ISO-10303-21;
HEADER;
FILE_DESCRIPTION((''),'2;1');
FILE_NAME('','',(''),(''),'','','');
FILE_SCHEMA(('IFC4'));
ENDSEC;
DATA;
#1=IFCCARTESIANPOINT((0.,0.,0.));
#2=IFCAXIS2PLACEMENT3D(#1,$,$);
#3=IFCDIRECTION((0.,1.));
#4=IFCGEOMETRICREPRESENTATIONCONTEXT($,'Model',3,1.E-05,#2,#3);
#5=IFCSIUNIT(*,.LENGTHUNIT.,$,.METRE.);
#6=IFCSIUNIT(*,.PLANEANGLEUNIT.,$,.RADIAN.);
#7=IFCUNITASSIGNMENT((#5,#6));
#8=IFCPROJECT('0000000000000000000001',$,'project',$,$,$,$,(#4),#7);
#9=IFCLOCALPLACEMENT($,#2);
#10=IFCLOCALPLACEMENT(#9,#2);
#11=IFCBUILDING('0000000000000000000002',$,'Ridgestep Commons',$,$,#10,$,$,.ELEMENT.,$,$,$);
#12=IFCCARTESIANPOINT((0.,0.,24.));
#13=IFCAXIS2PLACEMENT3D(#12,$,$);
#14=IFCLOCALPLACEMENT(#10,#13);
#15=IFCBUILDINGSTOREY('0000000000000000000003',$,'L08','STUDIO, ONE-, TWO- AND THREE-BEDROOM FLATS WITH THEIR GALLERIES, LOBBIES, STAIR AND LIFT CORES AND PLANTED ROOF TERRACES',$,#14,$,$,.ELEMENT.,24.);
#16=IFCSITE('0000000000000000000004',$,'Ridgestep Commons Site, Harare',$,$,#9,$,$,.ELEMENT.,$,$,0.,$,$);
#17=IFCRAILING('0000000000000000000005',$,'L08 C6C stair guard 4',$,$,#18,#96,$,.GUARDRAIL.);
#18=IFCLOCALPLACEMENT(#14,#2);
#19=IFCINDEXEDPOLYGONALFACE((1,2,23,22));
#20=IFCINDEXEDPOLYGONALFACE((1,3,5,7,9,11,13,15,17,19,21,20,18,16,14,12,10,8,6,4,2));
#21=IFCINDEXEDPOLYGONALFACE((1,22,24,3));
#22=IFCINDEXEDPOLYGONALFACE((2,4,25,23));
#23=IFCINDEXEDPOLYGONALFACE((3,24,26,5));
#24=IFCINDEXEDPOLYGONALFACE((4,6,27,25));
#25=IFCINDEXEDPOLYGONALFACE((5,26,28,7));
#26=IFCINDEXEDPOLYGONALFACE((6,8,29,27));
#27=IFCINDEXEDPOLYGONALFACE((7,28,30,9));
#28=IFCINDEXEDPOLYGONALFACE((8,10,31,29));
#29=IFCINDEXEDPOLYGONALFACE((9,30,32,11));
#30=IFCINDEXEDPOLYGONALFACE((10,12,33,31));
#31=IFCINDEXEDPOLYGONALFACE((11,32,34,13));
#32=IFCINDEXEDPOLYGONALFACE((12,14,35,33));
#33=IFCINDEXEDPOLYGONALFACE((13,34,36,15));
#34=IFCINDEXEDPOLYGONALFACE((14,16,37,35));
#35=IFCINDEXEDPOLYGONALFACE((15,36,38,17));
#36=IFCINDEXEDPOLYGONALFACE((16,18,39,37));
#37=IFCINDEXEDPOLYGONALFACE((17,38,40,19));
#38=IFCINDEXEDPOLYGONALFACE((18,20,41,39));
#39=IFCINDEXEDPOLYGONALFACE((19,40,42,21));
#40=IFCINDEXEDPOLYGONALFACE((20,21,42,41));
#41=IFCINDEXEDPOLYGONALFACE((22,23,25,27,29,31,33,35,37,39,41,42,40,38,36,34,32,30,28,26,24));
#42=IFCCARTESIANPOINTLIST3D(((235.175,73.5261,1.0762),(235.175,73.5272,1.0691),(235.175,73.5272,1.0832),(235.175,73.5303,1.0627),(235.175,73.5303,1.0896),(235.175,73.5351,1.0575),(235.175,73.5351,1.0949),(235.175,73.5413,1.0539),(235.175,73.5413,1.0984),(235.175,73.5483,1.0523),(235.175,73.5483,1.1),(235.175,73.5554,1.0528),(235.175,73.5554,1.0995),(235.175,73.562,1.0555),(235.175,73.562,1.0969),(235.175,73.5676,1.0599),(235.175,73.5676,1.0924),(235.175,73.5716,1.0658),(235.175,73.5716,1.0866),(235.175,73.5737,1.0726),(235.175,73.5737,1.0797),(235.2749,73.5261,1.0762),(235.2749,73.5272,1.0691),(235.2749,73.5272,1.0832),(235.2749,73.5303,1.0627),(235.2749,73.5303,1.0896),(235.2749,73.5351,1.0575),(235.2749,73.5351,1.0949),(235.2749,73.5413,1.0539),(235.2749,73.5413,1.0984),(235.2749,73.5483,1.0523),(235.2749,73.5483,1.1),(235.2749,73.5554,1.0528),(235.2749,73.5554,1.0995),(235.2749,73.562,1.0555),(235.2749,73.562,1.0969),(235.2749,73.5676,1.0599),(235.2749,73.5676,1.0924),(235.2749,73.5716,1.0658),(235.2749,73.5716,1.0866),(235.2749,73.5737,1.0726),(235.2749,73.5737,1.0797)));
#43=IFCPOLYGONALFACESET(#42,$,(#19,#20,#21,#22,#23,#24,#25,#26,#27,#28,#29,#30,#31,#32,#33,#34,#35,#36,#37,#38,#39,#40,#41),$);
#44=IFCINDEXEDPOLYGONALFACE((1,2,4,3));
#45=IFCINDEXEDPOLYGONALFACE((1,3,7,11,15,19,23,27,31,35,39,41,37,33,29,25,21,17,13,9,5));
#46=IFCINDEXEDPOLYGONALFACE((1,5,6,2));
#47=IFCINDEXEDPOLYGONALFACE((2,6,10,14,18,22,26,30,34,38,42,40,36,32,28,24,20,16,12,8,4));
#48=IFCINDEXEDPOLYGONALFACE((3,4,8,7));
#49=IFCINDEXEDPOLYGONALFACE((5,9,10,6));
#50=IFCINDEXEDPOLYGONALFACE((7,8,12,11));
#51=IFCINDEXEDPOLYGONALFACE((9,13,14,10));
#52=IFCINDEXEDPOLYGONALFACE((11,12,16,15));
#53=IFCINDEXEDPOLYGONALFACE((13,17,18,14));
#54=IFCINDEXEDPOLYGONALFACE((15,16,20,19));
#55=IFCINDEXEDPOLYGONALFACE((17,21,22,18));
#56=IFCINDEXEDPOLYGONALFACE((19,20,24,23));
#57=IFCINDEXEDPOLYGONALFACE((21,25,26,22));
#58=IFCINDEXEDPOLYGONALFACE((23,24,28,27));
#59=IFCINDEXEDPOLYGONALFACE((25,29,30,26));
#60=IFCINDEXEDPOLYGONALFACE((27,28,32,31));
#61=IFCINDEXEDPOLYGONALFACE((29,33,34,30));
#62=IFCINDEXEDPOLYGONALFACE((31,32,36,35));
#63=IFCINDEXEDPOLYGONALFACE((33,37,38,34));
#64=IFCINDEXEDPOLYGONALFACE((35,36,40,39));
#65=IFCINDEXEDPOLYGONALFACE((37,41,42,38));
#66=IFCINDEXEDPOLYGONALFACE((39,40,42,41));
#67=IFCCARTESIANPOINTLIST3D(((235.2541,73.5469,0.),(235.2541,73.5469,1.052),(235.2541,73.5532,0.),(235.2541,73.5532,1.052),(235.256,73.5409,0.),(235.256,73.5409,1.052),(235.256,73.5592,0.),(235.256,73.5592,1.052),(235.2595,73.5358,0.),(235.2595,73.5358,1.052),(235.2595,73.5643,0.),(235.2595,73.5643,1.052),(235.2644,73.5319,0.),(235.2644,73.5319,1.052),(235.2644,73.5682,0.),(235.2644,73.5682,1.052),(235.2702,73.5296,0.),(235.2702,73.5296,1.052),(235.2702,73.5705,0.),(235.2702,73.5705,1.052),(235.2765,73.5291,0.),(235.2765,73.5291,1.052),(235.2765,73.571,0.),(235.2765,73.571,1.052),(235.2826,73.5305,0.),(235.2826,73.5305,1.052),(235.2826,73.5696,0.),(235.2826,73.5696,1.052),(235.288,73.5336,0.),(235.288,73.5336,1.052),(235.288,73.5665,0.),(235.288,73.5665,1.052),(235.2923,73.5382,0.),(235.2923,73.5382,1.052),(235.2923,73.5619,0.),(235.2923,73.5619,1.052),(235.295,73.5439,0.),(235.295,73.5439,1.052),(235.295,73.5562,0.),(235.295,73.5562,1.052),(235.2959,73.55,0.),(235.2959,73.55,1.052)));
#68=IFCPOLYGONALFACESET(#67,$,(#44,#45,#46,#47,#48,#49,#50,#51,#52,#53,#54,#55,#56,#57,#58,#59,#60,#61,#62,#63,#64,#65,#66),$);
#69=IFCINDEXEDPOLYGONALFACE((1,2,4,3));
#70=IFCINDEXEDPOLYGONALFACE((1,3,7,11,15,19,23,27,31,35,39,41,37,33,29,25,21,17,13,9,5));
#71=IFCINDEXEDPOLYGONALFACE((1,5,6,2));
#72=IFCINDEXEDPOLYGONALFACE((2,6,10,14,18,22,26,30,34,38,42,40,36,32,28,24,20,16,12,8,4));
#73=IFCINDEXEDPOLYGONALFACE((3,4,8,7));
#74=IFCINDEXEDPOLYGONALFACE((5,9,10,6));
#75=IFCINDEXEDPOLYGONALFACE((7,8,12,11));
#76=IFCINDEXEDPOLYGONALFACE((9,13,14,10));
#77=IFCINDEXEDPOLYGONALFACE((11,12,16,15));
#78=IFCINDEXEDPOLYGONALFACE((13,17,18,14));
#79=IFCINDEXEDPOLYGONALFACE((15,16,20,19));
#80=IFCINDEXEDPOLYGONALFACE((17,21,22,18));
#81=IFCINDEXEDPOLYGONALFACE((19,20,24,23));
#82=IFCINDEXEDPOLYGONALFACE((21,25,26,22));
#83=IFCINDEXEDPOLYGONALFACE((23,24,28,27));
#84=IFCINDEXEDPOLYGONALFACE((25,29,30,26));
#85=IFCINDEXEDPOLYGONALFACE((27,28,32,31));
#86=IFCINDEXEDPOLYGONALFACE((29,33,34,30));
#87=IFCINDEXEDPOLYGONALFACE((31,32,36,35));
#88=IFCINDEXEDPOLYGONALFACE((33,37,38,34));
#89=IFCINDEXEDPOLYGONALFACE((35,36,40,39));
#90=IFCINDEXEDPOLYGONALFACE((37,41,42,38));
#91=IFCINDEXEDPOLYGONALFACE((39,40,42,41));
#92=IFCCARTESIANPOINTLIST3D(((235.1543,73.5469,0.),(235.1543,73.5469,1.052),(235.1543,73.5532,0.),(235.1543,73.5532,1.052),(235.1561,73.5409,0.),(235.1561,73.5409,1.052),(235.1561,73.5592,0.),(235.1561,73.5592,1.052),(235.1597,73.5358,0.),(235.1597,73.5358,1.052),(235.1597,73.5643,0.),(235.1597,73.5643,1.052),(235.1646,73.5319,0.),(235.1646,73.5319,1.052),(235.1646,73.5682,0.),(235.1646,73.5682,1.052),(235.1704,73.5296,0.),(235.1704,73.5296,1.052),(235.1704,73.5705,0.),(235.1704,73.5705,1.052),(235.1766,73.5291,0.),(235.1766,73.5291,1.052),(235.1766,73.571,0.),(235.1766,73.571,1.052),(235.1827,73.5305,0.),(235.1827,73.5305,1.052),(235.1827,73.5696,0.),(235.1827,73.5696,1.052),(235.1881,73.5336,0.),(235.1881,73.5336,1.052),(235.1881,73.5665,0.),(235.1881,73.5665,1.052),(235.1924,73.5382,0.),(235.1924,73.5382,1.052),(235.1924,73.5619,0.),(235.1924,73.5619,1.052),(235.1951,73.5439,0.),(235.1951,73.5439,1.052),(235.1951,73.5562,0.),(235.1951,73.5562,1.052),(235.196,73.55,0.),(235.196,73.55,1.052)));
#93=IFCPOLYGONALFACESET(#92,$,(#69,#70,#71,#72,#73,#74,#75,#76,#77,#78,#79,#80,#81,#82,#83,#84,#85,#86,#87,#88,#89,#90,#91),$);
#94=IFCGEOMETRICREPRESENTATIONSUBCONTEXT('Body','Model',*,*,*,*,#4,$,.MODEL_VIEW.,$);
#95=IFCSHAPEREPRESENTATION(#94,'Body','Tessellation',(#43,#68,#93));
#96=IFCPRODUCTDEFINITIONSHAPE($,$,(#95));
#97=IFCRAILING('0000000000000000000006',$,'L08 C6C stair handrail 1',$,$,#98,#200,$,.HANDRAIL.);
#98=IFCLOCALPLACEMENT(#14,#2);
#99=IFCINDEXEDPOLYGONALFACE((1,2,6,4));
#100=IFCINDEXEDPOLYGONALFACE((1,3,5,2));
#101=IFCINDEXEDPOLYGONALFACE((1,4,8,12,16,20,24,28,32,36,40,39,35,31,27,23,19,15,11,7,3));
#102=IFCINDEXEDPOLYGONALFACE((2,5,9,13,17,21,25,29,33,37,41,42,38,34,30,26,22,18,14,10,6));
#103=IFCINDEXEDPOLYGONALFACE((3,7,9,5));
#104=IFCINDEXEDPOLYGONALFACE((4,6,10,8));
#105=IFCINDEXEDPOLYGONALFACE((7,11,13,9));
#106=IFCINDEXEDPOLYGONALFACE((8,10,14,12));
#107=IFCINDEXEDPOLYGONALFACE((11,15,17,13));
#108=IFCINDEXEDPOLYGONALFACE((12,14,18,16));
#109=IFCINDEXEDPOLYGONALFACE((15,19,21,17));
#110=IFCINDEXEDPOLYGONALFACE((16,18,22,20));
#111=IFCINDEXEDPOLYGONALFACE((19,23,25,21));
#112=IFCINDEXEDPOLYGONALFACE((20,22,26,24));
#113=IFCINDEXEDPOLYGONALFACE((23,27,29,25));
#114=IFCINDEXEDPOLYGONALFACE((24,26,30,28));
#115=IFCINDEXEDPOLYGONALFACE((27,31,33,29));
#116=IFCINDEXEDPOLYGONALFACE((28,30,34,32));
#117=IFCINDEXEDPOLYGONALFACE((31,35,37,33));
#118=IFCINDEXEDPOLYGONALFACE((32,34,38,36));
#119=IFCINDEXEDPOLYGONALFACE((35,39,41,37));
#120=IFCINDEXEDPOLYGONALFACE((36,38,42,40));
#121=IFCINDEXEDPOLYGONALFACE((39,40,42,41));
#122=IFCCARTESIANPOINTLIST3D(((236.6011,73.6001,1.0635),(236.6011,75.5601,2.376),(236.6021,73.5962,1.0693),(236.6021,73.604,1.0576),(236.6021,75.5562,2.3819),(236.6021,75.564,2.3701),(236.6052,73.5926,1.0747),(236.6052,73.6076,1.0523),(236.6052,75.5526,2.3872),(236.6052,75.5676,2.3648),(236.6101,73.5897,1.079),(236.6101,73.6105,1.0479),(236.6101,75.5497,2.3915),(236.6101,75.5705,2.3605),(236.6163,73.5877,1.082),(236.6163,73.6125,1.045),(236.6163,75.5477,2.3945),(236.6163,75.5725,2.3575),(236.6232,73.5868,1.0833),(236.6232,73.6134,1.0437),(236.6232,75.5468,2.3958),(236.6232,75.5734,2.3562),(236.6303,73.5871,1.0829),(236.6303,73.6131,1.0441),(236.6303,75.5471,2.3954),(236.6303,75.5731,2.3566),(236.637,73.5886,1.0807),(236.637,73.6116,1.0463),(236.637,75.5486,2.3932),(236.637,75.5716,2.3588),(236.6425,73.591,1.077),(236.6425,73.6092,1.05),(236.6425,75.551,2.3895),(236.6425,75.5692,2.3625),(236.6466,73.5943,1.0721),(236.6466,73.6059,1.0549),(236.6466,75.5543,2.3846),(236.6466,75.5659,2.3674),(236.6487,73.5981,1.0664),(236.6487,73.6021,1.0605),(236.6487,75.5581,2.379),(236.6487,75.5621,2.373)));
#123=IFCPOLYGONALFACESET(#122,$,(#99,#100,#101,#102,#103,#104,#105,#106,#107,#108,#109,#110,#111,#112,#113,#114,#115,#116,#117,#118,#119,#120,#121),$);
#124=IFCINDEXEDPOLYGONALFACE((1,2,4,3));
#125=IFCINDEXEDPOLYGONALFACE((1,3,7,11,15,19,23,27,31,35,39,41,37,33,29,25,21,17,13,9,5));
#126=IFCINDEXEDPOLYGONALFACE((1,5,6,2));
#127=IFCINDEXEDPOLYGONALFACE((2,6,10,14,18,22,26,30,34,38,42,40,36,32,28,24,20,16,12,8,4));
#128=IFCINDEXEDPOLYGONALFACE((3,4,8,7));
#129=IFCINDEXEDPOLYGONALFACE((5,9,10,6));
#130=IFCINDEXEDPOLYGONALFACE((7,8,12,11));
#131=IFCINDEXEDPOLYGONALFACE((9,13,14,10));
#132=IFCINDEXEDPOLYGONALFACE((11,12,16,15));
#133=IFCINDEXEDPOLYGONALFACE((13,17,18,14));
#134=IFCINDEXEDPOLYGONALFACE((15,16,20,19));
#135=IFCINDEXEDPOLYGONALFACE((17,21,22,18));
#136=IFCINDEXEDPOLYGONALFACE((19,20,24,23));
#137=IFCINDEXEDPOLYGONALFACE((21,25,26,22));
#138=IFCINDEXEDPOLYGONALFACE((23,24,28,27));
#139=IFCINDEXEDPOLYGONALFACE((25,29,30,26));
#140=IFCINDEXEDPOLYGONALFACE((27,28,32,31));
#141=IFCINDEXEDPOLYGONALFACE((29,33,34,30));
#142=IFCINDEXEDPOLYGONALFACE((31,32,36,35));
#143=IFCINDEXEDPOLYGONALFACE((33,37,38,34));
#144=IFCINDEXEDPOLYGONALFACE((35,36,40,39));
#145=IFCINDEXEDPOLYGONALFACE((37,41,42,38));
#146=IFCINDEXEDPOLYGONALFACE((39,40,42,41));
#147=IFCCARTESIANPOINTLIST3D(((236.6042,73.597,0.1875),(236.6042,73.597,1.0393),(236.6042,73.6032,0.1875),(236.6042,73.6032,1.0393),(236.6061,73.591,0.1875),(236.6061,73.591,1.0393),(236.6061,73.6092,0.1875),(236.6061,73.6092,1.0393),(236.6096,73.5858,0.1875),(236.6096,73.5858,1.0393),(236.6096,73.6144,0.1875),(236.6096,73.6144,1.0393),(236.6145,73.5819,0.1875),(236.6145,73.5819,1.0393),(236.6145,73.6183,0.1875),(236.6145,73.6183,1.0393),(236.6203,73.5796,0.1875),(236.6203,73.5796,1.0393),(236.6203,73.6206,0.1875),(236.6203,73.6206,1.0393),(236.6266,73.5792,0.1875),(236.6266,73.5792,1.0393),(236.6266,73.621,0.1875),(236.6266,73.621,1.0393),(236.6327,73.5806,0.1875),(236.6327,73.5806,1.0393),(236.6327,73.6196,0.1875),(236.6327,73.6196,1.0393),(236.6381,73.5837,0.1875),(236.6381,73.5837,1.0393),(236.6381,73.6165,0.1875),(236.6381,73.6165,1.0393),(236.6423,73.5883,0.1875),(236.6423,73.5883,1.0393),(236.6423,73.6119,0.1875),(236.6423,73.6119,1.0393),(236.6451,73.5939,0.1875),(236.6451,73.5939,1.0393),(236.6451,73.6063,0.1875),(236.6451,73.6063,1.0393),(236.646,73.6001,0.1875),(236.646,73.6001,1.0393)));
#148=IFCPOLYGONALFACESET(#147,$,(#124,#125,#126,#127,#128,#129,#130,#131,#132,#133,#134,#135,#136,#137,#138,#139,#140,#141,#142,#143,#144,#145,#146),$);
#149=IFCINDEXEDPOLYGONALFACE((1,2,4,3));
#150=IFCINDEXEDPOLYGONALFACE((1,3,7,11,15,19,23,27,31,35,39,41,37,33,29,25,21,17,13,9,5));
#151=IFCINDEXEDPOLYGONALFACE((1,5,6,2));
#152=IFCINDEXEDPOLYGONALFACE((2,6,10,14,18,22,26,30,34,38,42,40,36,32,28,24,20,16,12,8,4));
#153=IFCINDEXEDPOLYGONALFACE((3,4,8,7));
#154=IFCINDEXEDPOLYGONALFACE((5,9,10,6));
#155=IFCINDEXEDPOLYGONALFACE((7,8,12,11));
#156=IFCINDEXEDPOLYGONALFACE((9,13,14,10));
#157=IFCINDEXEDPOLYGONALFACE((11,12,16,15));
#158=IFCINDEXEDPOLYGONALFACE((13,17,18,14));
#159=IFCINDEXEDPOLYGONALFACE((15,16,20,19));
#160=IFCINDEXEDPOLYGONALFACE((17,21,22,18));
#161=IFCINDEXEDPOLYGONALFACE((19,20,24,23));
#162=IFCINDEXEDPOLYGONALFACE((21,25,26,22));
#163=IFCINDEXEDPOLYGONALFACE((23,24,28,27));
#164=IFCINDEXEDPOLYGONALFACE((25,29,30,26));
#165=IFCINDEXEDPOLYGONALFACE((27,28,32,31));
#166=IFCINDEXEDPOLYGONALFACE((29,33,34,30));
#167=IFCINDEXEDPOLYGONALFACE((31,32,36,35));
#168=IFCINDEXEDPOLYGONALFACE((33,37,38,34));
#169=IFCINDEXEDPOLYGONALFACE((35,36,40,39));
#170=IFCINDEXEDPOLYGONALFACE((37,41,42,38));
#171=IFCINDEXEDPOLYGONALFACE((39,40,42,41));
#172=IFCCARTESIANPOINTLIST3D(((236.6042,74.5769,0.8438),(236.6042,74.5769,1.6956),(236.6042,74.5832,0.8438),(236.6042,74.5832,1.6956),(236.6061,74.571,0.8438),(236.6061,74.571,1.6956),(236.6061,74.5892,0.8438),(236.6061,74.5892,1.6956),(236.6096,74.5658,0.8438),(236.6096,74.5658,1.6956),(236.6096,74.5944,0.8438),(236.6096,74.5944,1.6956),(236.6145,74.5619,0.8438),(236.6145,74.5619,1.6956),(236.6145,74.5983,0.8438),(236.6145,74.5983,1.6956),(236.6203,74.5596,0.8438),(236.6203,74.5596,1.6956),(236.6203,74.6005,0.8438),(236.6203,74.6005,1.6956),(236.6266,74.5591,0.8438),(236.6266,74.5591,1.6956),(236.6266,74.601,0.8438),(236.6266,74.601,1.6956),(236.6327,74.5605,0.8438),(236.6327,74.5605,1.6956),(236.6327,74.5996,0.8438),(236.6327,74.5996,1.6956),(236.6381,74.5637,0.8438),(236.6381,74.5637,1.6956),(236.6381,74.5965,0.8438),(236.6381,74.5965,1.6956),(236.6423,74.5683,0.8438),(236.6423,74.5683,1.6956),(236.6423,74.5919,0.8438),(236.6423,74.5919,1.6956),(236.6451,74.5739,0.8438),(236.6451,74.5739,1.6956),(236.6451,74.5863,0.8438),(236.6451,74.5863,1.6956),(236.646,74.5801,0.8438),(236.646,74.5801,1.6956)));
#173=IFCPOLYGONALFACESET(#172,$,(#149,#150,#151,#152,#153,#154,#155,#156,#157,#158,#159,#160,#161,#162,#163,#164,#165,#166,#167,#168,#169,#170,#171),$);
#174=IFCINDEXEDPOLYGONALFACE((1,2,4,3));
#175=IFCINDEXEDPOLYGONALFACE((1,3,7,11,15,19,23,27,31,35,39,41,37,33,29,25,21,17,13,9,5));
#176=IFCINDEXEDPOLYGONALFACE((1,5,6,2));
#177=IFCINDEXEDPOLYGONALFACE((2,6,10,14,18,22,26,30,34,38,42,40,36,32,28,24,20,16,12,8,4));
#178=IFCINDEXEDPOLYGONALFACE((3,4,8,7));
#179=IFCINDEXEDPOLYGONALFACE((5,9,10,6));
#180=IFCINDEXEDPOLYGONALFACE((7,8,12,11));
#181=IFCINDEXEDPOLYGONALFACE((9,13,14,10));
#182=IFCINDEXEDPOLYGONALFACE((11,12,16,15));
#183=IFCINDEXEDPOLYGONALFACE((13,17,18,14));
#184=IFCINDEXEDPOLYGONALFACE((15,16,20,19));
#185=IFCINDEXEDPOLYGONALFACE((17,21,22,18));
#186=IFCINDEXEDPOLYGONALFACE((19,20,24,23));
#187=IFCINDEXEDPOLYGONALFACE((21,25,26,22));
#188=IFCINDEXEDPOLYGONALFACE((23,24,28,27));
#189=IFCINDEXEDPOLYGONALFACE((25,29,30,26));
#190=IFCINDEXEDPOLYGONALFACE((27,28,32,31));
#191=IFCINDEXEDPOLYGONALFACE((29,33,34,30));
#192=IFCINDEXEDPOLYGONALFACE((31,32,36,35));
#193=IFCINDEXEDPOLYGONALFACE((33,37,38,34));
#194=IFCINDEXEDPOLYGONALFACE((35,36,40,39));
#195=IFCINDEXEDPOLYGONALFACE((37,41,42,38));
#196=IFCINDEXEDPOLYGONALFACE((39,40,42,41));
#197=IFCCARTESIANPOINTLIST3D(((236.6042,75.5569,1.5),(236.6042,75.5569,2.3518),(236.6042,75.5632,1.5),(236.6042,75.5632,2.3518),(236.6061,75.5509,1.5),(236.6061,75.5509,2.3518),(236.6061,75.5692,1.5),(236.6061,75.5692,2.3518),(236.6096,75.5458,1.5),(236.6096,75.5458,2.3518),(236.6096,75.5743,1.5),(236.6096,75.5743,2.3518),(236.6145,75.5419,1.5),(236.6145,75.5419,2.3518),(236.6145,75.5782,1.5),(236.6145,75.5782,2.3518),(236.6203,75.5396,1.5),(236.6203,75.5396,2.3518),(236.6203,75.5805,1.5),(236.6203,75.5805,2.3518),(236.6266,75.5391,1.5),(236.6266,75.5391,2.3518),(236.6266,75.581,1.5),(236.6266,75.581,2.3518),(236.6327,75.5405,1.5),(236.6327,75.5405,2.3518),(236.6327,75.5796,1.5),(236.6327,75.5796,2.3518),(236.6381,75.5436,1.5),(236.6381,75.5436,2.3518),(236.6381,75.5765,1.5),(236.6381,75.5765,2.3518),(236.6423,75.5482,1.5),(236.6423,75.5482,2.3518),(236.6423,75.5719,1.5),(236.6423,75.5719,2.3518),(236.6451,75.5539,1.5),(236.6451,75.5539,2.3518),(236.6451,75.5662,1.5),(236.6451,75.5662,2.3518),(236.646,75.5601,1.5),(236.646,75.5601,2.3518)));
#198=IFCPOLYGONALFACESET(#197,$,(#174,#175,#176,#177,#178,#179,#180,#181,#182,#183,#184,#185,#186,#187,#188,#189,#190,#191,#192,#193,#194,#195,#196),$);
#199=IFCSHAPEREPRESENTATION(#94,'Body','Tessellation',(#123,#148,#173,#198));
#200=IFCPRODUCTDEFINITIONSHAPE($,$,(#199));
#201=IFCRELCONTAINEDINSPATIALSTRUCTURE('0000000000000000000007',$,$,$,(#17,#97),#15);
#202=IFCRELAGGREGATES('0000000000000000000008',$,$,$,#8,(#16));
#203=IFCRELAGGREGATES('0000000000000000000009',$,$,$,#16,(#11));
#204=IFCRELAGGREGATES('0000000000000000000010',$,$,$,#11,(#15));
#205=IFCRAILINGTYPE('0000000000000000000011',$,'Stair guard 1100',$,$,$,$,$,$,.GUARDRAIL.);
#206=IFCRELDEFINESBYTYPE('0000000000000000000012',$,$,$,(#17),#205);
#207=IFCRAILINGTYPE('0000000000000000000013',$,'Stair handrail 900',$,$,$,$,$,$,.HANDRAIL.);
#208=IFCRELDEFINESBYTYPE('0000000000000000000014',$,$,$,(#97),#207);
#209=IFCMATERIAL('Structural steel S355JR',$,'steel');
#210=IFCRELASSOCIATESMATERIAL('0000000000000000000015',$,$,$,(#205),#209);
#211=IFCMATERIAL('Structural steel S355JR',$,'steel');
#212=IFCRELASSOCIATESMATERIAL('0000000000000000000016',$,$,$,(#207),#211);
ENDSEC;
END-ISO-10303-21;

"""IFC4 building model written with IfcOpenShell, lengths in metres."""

from ifc_helpers import new_model, si_unit, direction, frame, origin, origin_2d, place, context, subcontext, project, spatial, circle, extrude, material, type_object, element, save


model = new_model("IFC4")

# Units and contexts
model_context = context("Model", 3, precision=1e-05, world=origin(), true_north=direction((0.0, 1.0)))
body_context = subcontext(model_context, "Body", "Model", "MODEL_VIEW")
ifc_project = project(units=[si_unit("LENGTHUNIT", "METRE"), si_unit("PLANEANGLEUNIT", "RADIAN")], contexts=[model_context])

# Site, building, storey
site_placement = place(None, origin())
site = spatial("IfcSite", under=ifc_project, at=site_placement, Name="Ridgestep Commons Site, Harare", CompositionType="ELEMENT", RefElevation=0.0)
building_placement = place(site_placement, origin())
building = spatial("IfcBuilding", under=site, at=building_placement, Name="Ridgestep Commons", CompositionType="ELEMENT")
storey_placement = place(building_placement, frame((0.0, 0.0, 24.0)))
storey = spatial("IfcBuildingStorey", under=building, at=storey_placement, Name="L08", Description="STUDIO, ONE-, TWO- AND THREE-BEDROOM FLATS WITH THEIR GALLERIES, LOBBIES, STAIR AND LIFT CORES AND PLANTED ROOF TERRACES", CompositionType="ELEMENT", Elevation=24.0)

# Railings
ifc_material_1 = material(Name="Structural steel S355JR", Category="steel")
railing_type_1 = type_object("IfcRailingType", Name="Stair guard 1100", PredefinedType="GUARDRAIL", material=ifc_material_1)
railing_1_placement = place(storey_placement, frame((235.2749, 73.55, 0.0)))
element("IfcRailing", 1, at=railing_1_placement, inside=storey, type_object=railing_type_1, Name="L08 C6C stair guard 4", PredefinedType="GUARDRAIL", context=body_context, shape_type="SweptSolid", body=[
    extrude(circle(Radius=0.0239, at=origin_2d()), frame((0.0, 0.0, 1.0762), z_axis=(-1.0, 0.0, 0.0), x_axis=(0.0, -1.0, 0.0)), (0.0, 0.0, 1.0), 0.0999),
    extrude(circle(Radius=0.021, at=origin_2d()), origin(), (0.0, 0.0, 1.0), 1.052),
    extrude(circle(Radius=0.021, at=origin_2d()), frame((-0.0999, 0.0, 0.0)), (0.0, 0.0, 1.0), 1.052),
])
ifc_material_2 = material(Name="Structural steel S355JR", Category="steel")
railing_type_2 = type_object("IfcRailingType", Name="Stair handrail 900", PredefinedType="HANDRAIL", material=ifc_material_2)
railing_2_placement = place(storey_placement, frame((236.625, 73.6001, 0.1875)))
element("IfcRailing", 2, at=railing_2_placement, inside=storey, type_object=railing_type_2, Name="L08 C6C stair handrail 1", PredefinedType="HANDRAIL", context=body_context, shape_type="SweptSolid", body=[
    extrude(circle(Radius=0.0239, at=origin_2d()), frame((0.0, 0.0, 0.876), z_axis=(0.0, 0.830902, 0.556419), x_axis=(-1.0, 0.0, 0.0)), (0.0, 0.0, 1.0), 2.3589),
    extrude(circle(Radius=0.021, at=origin_2d()), origin(), (0.0, 0.0, 1.0), 0.8518),
    extrude(circle(Radius=0.021, at=origin_2d()), frame((0.0, 0.98, 0.6562)), (0.0, 0.0, 1.0), 0.8518),
    extrude(circle(Radius=0.021, at=origin_2d()), frame((0.0, 1.96, 1.3125)), (0.0, 0.0, 1.0), 0.8518),
])

save(model, "model.ifc")
